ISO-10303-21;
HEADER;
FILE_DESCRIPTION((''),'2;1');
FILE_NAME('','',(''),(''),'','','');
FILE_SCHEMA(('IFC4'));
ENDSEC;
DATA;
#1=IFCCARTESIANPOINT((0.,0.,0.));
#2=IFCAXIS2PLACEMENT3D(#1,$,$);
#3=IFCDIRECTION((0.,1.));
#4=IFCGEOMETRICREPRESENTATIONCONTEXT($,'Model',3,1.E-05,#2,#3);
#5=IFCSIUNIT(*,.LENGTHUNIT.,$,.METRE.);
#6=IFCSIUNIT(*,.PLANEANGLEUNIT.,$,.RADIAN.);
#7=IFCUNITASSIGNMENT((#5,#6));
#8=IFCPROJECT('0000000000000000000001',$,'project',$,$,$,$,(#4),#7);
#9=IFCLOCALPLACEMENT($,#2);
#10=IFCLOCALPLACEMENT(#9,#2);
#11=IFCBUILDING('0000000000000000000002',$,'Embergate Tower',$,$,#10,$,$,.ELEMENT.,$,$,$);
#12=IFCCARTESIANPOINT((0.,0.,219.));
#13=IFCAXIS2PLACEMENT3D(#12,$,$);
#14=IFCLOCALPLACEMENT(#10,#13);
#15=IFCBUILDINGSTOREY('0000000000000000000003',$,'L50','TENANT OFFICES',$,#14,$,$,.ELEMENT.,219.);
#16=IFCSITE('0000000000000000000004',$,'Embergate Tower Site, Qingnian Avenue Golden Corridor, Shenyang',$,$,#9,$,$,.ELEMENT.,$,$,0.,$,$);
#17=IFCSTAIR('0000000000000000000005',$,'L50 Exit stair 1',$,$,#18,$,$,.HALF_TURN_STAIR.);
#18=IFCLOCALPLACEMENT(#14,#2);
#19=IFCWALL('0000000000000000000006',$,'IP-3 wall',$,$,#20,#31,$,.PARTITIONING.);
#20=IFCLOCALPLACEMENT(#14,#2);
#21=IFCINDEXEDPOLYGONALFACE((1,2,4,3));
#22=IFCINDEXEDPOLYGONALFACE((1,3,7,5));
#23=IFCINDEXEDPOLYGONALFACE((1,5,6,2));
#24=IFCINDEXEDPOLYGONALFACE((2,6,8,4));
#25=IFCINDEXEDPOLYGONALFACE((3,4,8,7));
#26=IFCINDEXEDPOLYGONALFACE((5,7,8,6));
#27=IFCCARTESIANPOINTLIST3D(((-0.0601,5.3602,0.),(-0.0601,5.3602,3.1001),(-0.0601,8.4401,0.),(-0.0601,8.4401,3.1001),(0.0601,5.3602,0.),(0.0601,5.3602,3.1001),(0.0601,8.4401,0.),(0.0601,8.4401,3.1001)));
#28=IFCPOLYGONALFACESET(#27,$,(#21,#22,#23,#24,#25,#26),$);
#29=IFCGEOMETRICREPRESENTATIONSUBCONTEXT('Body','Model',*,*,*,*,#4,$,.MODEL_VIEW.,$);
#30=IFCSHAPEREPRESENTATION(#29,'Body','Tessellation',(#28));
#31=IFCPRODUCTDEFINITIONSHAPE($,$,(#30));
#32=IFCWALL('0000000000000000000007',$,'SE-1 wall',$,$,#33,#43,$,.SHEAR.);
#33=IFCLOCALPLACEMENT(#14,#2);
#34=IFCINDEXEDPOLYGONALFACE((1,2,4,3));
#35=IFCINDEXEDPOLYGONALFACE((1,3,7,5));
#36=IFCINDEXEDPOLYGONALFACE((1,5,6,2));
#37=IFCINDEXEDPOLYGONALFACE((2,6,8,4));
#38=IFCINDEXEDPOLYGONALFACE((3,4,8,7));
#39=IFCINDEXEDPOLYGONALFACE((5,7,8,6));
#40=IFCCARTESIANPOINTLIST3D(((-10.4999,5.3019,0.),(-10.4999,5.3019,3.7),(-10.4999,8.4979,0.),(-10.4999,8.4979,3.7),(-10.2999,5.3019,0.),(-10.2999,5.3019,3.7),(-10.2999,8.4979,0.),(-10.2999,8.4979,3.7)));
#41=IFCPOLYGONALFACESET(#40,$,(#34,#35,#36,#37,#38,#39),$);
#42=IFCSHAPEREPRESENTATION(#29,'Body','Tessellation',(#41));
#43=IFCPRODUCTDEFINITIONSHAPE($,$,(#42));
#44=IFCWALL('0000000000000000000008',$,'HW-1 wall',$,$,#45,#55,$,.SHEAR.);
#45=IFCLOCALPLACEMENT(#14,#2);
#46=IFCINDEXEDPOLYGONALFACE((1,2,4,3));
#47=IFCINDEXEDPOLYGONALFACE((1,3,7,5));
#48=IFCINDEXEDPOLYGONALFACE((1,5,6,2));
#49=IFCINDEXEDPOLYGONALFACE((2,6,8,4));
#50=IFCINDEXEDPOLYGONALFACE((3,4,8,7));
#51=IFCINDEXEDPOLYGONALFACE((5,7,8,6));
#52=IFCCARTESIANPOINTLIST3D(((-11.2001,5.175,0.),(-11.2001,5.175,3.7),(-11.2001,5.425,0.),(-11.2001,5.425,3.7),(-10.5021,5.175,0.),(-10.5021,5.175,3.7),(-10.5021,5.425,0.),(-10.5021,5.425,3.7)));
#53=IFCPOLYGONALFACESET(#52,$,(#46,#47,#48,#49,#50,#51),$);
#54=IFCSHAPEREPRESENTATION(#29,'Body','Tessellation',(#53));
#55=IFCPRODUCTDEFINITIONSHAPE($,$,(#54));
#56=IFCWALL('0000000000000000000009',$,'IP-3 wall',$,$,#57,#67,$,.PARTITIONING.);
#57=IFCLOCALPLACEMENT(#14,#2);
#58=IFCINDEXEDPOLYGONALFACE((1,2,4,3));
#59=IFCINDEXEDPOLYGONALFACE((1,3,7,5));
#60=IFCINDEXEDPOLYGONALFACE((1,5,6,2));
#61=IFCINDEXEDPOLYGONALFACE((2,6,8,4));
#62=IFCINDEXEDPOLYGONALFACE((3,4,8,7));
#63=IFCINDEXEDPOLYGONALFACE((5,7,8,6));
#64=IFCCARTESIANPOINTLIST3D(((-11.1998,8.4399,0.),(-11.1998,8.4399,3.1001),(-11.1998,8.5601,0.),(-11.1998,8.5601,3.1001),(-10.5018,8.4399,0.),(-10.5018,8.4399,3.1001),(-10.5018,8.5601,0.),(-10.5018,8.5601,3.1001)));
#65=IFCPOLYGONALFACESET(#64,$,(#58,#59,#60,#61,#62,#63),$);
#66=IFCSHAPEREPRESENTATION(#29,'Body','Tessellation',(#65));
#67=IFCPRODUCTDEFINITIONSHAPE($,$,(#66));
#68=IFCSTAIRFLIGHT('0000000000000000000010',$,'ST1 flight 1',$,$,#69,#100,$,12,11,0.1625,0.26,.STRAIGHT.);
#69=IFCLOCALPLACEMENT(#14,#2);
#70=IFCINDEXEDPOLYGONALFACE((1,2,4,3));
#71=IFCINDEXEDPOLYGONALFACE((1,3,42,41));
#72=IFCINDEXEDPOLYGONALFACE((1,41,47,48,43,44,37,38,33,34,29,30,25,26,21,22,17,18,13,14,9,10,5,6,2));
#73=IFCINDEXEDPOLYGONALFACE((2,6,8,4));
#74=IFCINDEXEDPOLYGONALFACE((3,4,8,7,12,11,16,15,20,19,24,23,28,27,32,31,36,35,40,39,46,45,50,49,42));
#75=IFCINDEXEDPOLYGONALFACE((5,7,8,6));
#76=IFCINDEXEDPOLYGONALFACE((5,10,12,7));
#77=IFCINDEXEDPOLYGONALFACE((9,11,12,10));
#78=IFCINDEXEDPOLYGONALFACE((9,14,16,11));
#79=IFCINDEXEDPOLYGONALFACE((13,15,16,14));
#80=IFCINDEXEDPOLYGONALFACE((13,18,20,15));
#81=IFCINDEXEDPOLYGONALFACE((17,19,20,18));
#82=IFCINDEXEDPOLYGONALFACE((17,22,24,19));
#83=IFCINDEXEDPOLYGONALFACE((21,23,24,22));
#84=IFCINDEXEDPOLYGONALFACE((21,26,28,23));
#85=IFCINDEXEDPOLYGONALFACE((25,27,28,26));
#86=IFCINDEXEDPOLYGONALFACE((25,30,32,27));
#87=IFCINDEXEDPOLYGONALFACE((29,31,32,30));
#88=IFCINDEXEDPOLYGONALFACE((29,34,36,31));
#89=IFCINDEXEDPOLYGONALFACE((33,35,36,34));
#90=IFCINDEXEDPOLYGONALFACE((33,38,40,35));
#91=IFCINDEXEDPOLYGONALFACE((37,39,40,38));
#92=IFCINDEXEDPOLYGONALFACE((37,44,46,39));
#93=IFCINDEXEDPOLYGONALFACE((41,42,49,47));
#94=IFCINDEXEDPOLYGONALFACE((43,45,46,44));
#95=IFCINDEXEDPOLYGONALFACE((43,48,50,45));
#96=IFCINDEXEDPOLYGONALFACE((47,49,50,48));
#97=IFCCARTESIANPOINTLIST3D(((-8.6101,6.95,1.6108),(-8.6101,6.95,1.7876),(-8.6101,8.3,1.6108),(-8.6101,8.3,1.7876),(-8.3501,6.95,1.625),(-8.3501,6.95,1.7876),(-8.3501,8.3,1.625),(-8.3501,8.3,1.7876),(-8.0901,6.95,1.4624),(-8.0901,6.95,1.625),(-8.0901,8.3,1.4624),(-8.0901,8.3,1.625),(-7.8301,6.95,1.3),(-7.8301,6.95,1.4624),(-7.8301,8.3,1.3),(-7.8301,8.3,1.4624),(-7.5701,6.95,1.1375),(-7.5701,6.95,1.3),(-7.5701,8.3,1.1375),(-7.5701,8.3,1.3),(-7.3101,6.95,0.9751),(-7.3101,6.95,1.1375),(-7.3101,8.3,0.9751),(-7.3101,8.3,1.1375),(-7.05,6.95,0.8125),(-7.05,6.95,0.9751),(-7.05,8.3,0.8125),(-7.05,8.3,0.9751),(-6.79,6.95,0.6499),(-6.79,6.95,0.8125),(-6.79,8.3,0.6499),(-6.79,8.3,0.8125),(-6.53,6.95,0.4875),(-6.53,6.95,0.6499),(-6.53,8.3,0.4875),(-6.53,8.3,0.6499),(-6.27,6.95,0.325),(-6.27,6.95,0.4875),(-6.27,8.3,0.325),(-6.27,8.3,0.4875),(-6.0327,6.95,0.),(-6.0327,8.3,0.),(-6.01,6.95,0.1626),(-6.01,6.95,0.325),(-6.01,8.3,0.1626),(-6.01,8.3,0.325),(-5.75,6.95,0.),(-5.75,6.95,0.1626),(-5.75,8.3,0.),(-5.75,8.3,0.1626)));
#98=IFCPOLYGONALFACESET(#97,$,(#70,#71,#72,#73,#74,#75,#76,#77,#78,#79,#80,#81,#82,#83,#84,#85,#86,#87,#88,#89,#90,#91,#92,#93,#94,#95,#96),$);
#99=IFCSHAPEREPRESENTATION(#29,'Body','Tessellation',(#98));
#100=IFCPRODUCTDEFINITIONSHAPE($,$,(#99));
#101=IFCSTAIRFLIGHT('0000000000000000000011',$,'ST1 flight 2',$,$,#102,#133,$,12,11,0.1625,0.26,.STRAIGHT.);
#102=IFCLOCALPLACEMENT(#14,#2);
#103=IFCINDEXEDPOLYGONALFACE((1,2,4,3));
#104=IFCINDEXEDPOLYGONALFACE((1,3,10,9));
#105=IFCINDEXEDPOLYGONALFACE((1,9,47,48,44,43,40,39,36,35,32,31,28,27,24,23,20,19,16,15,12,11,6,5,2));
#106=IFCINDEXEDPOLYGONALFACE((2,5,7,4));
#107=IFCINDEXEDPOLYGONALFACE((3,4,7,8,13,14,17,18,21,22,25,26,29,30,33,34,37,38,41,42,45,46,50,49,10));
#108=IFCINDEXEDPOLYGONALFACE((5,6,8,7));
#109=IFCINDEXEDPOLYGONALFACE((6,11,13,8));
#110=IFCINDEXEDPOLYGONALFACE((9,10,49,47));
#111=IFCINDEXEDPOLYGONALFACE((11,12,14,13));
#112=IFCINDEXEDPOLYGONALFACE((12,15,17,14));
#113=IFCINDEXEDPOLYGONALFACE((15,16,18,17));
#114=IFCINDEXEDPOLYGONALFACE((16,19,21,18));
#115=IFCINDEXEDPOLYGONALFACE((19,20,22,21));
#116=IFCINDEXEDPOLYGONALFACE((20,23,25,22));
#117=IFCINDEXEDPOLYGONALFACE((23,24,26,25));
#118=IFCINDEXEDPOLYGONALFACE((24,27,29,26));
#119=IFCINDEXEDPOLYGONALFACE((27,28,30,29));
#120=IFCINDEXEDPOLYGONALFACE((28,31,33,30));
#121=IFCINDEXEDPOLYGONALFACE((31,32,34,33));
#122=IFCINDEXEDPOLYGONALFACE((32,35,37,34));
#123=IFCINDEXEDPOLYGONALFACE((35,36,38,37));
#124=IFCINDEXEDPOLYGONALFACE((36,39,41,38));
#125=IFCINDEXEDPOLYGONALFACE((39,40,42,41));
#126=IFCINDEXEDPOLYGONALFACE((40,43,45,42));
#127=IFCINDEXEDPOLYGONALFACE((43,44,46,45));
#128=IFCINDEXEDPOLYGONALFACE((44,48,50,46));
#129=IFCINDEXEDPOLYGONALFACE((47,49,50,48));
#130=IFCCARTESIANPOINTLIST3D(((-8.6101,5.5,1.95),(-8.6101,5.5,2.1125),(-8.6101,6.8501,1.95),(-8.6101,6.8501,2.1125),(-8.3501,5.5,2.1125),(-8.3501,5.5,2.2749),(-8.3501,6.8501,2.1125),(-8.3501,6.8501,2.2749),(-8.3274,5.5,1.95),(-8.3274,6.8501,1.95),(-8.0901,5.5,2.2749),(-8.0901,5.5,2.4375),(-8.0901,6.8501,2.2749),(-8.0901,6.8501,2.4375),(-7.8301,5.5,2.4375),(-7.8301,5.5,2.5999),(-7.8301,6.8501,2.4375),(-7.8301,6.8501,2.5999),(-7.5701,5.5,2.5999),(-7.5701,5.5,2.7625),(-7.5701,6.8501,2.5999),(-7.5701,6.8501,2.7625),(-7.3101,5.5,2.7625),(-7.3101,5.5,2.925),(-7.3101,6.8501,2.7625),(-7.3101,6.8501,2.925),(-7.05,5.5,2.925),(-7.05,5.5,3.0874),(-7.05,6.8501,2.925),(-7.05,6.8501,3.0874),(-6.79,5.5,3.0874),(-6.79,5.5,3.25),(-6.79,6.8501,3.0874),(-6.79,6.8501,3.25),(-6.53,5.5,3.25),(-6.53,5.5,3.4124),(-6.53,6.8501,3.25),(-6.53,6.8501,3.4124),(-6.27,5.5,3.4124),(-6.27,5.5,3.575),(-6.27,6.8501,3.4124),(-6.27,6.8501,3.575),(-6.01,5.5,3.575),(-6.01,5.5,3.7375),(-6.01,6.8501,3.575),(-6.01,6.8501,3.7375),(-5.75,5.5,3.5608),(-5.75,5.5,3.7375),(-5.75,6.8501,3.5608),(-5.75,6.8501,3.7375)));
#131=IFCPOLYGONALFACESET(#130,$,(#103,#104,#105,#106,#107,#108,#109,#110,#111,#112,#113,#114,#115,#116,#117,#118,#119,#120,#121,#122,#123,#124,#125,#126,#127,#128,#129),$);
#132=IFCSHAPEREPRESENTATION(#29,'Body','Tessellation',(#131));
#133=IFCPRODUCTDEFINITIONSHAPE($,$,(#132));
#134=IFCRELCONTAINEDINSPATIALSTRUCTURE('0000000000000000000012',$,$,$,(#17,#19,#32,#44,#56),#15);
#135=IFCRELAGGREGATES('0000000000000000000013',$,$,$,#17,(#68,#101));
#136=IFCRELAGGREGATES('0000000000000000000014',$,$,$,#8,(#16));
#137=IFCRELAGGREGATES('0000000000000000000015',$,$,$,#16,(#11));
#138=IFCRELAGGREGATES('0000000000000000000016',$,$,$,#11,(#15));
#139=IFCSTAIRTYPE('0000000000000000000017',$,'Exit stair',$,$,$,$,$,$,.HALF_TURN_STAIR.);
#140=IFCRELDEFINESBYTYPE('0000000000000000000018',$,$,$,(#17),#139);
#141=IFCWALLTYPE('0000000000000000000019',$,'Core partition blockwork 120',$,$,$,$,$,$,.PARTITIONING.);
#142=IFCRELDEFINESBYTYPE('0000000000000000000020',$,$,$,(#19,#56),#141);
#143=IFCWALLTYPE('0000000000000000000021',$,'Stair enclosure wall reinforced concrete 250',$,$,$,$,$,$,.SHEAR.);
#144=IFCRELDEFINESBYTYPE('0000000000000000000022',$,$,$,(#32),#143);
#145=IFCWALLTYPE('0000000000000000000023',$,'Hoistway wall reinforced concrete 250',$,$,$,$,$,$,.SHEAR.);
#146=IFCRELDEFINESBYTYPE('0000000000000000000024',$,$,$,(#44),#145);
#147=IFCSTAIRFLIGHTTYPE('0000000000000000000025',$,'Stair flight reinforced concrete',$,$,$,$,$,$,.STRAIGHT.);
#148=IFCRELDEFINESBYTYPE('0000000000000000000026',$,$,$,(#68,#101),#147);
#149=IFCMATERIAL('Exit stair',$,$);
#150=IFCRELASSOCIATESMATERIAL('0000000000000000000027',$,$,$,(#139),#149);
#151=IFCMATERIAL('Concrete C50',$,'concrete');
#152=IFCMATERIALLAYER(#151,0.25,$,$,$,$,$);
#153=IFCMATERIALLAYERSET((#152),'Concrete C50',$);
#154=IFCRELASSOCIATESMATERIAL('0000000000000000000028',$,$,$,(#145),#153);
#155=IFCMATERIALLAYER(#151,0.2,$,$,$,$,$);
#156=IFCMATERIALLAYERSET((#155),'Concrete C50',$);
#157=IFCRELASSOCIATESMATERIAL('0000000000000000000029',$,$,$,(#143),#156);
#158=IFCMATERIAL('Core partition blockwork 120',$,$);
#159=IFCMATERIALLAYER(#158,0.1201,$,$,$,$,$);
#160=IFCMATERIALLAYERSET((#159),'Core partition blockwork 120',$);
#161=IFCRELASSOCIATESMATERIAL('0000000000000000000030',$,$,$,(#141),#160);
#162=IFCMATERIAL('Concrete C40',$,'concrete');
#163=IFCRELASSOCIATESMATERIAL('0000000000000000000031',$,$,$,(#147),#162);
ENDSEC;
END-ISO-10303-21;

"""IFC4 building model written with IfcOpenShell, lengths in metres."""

from ifc_helpers import new_model, si_unit, direction, frame, frame_2d, origin, place, context, subcontext, project, spatial, polyline, rectangle, outline, extrude, source, transform, mapped, material, layer, layer_set, type_object, element, aggregate, save


model = new_model("IFC4")

# Units and contexts
model_context = context("Model", 3, precision=1e-05, world=origin(), true_north=direction((0.0, 1.0)))
body_context = subcontext(model_context, "Body", "Model", "MODEL_VIEW")
ifc_project = project(units=[si_unit("LENGTHUNIT", "METRE"), si_unit("PLANEANGLEUNIT", "RADIAN")], contexts=[model_context])

# Site, building, storey
site_placement = place(None, origin())
site = spatial("IfcSite", under=ifc_project, at=site_placement, Name="Embergate Tower Site, Qingnian Avenue Golden Corridor, Shenyang", CompositionType="ELEMENT", RefElevation=0.0)
building_placement = place(site_placement, origin())
building = spatial("IfcBuilding", under=site, at=building_placement, Name="Embergate Tower", CompositionType="ELEMENT")
storey_placement = place(building_placement, frame((0.0, 0.0, 219.0)))
storey = spatial("IfcBuildingStorey", under=building, at=storey_placement, Name="L50", Description="TENANT OFFICES", CompositionType="ELEMENT", Elevation=219.0)

# Stair
ifc_material_1 = material(Name="Exit stair")
stair_type = type_object("IfcStairType", Name="Exit stair", PredefinedType="HALF_TURN_STAIR", material=ifc_material_1)
stair_placement = place(storey_placement, origin())
stair = element("IfcStair", 1, at=stair_placement, inside=storey, type_object=stair_type, Name="L50 Exit stair 1", PredefinedType="HALF_TURN_STAIR")
ifc_material_2 = material(Name="Concrete C40", Category="concrete")

# Shared definitions
ifc_material_3 = material(Name="Concrete C50", Category="concrete")
ifc_layer_1 = layer(ifc_material_3, 0.25)
ifc_layer_set_1 = layer_set([ifc_layer_1], Name="Concrete C50")
wall_type_1 = type_object("IfcWallType", Name="Hoistway wall reinforced concrete 250", PredefinedType="SHEAR", material=ifc_layer_set_1)

# Shared definitions
ifc_layer_2 = layer(ifc_material_3, 0.2)
ifc_layer_set_2 = layer_set([ifc_layer_2], Name="Concrete C50")
wall_type_2 = type_object("IfcWallType", Name="Stair enclosure wall reinforced concrete 250", PredefinedType="SHEAR", material=ifc_layer_set_2)

# Shared definitions
ifc_material_4 = material(Name="Core partition blockwork 120")
ifc_layer_3 = layer(ifc_material_4, 0.1201)
ifc_layer_set_3 = layer_set([ifc_layer_3], Name="Core partition blockwork 120")
wall_type_3 = type_object("IfcWallType", Name="Core partition blockwork 120", PredefinedType="PARTITIONING", material=ifc_layer_set_3)

# Walls
shared_shape_1 = source(origin(), body_context, "Body", "SweptSolid", [
    extrude(rectangle(XDim=3.0798, YDim=0.1201, at=frame_2d((1.54, 0.0))), origin(), (0.0, 0.0, 1.0), 3.1001),
])
wall_1_placement = place(storey_placement, frame((0.0, 5.3601, 0.0), z_axis=(0.0, 0.0, 1.0), x_axis=(0.0, 1.0, 0.0)))
element("IfcWall", 2, at=wall_1_placement, inside=storey, type_object=wall_type_3, Name="IP-3 wall", PredefinedType="PARTITIONING", context=body_context, shape_type="MappedRepresentation", body=[
    mapped(shared_shape_1, transform((0.0, 0.0, 0.0))),
])
shared_shape_2 = source(origin(), body_context, "Body", "SweptSolid", [
    extrude(rectangle(XDim=3.196, YDim=0.2, at=frame_2d((1.5981, 0.0))), origin(), (0.0, 0.0, 1.0), 3.7),
])
wall_2_placement = place(storey_placement, frame((-10.3999, 8.498, 0.0), z_axis=(0.0, 0.0, 1.0), x_axis=(0.0, -1.0, 0.0)))
element("IfcWall", 3, at=wall_2_placement, inside=storey, type_object=wall_type_2, Name="SE-1 wall", PredefinedType="SHEAR", context=body_context, shape_type="MappedRepresentation", body=[
    mapped(shared_shape_2, transform((0.0, 0.0, 0.0))),
])
shared_shape_3 = source(origin(), body_context, "Body", "SweptSolid", [
    extrude(rectangle(XDim=0.698, YDim=0.25, at=frame_2d((0.3491, 0.0))), origin(), (0.0, 0.0, 1.0), 3.7),
])
wall_3_placement = place(storey_placement, frame((-10.502, 5.3, 0.0), z_axis=(0.0, 0.0, 1.0), x_axis=(-1.0, 0.0, 0.0)))
element("IfcWall", 4, at=wall_3_placement, inside=storey, type_object=wall_type_1, Name="HW-1 wall", PredefinedType="SHEAR", context=body_context, shape_type="MappedRepresentation", body=[
    mapped(shared_shape_3, transform((0.0, 0.0, 0.0))),
])
shared_shape_4 = source(origin(), body_context, "Body", "SweptSolid", [
    extrude(rectangle(XDim=0.698, YDim=0.1201, at=frame_2d((0.3491, 0.0))), origin(), (0.0, 0.0, 1.0), 3.1001),
])
wall_4_placement = place(storey_placement, frame((-11.2, 8.5, 0.0), z_axis=(0.0, 0.0, 1.0), x_axis=(1.0, 0.0, 0.0)))
element("IfcWall", 5, at=wall_4_placement, inside=storey, type_object=wall_type_3, Name="IP-3 wall", PredefinedType="PARTITIONING", context=body_context, shape_type="MappedRepresentation", body=[
    mapped(shared_shape_4, transform((0.0, 0.0, 0.0))),
])

# Stair flights
stair_flight_type = type_object("IfcStairFlightType", Name="Stair flight reinforced concrete", PredefinedType="STRAIGHT", material=ifc_material_2)
shared_shape_5 = source(origin(), body_context, "Body", "SweptSolid", [
    extrude(outline(polyline([(0.0, 0.0), (0.0, 0.1626), (0.26, 0.1626), (0.26, 0.325), (0.52, 0.325), (0.52, 0.4875), (0.78, 0.4875), (0.78, 0.6499), (1.04, 0.6499), (1.04, 0.8125), (1.3, 0.8125), (1.3, 0.9751), (1.5601, 0.9751), (1.5601, 1.1375), (1.8201, 1.1375), (1.8201, 1.3), (2.0801, 1.3), (2.0801, 1.4624), (2.3401, 1.4624), (2.3401, 1.625), (2.6001, 1.625), (2.6001, 1.7876), (2.8601, 1.7876), (2.8601, 1.95), (2.8601, 1.6108), (0.2827, 0.0), (0.0, 0.0)])), frame((0.0, 0.675, 0.0), z_axis=(0.0, -1.0, 0.0), x_axis=(1.0, 0.0, 0.0)), (0.0, 0.0, 1.0), 1.3501),
])
stair_flight_1_placement = place(storey_placement, frame((-5.75, 7.625, 0.0), z_axis=(0.0, 0.0, 1.0), x_axis=(-1.0, 0.0, 0.0)))
stair_flight_1 = element("IfcStairFlight", 6, at=stair_flight_1_placement, type_object=stair_flight_type, Name="ST1 flight 1", NumberOfRisers=12, NumberOfTreads=11, PredefinedType="STRAIGHT", RiserHeight=0.1625, TreadLength=0.26, context=body_context, shape_type="MappedRepresentation", body=[
    mapped(shared_shape_5, transform((0.0, 0.0, 0.0))),
])
stair_flight_2_placement = place(storey_placement, frame((-8.6101, 6.175, 1.95), z_axis=(0.0, 0.0, 1.0), x_axis=(1.0, 0.0, 0.0)))
stair_flight_2 = element("IfcStairFlight", 7, at=stair_flight_2_placement, type_object=stair_flight_type, Name="ST1 flight 2", NumberOfRisers=12, NumberOfTreads=11, PredefinedType="STRAIGHT", RiserHeight=0.1625, TreadLength=0.26, context=body_context, shape_type="MappedRepresentation", body=[
    mapped(shared_shape_5, transform((0.0, 0.0, 0.0))),
])
aggregate(stair, [stair_flight_1, stair_flight_2])

save(model, "model.ifc")
